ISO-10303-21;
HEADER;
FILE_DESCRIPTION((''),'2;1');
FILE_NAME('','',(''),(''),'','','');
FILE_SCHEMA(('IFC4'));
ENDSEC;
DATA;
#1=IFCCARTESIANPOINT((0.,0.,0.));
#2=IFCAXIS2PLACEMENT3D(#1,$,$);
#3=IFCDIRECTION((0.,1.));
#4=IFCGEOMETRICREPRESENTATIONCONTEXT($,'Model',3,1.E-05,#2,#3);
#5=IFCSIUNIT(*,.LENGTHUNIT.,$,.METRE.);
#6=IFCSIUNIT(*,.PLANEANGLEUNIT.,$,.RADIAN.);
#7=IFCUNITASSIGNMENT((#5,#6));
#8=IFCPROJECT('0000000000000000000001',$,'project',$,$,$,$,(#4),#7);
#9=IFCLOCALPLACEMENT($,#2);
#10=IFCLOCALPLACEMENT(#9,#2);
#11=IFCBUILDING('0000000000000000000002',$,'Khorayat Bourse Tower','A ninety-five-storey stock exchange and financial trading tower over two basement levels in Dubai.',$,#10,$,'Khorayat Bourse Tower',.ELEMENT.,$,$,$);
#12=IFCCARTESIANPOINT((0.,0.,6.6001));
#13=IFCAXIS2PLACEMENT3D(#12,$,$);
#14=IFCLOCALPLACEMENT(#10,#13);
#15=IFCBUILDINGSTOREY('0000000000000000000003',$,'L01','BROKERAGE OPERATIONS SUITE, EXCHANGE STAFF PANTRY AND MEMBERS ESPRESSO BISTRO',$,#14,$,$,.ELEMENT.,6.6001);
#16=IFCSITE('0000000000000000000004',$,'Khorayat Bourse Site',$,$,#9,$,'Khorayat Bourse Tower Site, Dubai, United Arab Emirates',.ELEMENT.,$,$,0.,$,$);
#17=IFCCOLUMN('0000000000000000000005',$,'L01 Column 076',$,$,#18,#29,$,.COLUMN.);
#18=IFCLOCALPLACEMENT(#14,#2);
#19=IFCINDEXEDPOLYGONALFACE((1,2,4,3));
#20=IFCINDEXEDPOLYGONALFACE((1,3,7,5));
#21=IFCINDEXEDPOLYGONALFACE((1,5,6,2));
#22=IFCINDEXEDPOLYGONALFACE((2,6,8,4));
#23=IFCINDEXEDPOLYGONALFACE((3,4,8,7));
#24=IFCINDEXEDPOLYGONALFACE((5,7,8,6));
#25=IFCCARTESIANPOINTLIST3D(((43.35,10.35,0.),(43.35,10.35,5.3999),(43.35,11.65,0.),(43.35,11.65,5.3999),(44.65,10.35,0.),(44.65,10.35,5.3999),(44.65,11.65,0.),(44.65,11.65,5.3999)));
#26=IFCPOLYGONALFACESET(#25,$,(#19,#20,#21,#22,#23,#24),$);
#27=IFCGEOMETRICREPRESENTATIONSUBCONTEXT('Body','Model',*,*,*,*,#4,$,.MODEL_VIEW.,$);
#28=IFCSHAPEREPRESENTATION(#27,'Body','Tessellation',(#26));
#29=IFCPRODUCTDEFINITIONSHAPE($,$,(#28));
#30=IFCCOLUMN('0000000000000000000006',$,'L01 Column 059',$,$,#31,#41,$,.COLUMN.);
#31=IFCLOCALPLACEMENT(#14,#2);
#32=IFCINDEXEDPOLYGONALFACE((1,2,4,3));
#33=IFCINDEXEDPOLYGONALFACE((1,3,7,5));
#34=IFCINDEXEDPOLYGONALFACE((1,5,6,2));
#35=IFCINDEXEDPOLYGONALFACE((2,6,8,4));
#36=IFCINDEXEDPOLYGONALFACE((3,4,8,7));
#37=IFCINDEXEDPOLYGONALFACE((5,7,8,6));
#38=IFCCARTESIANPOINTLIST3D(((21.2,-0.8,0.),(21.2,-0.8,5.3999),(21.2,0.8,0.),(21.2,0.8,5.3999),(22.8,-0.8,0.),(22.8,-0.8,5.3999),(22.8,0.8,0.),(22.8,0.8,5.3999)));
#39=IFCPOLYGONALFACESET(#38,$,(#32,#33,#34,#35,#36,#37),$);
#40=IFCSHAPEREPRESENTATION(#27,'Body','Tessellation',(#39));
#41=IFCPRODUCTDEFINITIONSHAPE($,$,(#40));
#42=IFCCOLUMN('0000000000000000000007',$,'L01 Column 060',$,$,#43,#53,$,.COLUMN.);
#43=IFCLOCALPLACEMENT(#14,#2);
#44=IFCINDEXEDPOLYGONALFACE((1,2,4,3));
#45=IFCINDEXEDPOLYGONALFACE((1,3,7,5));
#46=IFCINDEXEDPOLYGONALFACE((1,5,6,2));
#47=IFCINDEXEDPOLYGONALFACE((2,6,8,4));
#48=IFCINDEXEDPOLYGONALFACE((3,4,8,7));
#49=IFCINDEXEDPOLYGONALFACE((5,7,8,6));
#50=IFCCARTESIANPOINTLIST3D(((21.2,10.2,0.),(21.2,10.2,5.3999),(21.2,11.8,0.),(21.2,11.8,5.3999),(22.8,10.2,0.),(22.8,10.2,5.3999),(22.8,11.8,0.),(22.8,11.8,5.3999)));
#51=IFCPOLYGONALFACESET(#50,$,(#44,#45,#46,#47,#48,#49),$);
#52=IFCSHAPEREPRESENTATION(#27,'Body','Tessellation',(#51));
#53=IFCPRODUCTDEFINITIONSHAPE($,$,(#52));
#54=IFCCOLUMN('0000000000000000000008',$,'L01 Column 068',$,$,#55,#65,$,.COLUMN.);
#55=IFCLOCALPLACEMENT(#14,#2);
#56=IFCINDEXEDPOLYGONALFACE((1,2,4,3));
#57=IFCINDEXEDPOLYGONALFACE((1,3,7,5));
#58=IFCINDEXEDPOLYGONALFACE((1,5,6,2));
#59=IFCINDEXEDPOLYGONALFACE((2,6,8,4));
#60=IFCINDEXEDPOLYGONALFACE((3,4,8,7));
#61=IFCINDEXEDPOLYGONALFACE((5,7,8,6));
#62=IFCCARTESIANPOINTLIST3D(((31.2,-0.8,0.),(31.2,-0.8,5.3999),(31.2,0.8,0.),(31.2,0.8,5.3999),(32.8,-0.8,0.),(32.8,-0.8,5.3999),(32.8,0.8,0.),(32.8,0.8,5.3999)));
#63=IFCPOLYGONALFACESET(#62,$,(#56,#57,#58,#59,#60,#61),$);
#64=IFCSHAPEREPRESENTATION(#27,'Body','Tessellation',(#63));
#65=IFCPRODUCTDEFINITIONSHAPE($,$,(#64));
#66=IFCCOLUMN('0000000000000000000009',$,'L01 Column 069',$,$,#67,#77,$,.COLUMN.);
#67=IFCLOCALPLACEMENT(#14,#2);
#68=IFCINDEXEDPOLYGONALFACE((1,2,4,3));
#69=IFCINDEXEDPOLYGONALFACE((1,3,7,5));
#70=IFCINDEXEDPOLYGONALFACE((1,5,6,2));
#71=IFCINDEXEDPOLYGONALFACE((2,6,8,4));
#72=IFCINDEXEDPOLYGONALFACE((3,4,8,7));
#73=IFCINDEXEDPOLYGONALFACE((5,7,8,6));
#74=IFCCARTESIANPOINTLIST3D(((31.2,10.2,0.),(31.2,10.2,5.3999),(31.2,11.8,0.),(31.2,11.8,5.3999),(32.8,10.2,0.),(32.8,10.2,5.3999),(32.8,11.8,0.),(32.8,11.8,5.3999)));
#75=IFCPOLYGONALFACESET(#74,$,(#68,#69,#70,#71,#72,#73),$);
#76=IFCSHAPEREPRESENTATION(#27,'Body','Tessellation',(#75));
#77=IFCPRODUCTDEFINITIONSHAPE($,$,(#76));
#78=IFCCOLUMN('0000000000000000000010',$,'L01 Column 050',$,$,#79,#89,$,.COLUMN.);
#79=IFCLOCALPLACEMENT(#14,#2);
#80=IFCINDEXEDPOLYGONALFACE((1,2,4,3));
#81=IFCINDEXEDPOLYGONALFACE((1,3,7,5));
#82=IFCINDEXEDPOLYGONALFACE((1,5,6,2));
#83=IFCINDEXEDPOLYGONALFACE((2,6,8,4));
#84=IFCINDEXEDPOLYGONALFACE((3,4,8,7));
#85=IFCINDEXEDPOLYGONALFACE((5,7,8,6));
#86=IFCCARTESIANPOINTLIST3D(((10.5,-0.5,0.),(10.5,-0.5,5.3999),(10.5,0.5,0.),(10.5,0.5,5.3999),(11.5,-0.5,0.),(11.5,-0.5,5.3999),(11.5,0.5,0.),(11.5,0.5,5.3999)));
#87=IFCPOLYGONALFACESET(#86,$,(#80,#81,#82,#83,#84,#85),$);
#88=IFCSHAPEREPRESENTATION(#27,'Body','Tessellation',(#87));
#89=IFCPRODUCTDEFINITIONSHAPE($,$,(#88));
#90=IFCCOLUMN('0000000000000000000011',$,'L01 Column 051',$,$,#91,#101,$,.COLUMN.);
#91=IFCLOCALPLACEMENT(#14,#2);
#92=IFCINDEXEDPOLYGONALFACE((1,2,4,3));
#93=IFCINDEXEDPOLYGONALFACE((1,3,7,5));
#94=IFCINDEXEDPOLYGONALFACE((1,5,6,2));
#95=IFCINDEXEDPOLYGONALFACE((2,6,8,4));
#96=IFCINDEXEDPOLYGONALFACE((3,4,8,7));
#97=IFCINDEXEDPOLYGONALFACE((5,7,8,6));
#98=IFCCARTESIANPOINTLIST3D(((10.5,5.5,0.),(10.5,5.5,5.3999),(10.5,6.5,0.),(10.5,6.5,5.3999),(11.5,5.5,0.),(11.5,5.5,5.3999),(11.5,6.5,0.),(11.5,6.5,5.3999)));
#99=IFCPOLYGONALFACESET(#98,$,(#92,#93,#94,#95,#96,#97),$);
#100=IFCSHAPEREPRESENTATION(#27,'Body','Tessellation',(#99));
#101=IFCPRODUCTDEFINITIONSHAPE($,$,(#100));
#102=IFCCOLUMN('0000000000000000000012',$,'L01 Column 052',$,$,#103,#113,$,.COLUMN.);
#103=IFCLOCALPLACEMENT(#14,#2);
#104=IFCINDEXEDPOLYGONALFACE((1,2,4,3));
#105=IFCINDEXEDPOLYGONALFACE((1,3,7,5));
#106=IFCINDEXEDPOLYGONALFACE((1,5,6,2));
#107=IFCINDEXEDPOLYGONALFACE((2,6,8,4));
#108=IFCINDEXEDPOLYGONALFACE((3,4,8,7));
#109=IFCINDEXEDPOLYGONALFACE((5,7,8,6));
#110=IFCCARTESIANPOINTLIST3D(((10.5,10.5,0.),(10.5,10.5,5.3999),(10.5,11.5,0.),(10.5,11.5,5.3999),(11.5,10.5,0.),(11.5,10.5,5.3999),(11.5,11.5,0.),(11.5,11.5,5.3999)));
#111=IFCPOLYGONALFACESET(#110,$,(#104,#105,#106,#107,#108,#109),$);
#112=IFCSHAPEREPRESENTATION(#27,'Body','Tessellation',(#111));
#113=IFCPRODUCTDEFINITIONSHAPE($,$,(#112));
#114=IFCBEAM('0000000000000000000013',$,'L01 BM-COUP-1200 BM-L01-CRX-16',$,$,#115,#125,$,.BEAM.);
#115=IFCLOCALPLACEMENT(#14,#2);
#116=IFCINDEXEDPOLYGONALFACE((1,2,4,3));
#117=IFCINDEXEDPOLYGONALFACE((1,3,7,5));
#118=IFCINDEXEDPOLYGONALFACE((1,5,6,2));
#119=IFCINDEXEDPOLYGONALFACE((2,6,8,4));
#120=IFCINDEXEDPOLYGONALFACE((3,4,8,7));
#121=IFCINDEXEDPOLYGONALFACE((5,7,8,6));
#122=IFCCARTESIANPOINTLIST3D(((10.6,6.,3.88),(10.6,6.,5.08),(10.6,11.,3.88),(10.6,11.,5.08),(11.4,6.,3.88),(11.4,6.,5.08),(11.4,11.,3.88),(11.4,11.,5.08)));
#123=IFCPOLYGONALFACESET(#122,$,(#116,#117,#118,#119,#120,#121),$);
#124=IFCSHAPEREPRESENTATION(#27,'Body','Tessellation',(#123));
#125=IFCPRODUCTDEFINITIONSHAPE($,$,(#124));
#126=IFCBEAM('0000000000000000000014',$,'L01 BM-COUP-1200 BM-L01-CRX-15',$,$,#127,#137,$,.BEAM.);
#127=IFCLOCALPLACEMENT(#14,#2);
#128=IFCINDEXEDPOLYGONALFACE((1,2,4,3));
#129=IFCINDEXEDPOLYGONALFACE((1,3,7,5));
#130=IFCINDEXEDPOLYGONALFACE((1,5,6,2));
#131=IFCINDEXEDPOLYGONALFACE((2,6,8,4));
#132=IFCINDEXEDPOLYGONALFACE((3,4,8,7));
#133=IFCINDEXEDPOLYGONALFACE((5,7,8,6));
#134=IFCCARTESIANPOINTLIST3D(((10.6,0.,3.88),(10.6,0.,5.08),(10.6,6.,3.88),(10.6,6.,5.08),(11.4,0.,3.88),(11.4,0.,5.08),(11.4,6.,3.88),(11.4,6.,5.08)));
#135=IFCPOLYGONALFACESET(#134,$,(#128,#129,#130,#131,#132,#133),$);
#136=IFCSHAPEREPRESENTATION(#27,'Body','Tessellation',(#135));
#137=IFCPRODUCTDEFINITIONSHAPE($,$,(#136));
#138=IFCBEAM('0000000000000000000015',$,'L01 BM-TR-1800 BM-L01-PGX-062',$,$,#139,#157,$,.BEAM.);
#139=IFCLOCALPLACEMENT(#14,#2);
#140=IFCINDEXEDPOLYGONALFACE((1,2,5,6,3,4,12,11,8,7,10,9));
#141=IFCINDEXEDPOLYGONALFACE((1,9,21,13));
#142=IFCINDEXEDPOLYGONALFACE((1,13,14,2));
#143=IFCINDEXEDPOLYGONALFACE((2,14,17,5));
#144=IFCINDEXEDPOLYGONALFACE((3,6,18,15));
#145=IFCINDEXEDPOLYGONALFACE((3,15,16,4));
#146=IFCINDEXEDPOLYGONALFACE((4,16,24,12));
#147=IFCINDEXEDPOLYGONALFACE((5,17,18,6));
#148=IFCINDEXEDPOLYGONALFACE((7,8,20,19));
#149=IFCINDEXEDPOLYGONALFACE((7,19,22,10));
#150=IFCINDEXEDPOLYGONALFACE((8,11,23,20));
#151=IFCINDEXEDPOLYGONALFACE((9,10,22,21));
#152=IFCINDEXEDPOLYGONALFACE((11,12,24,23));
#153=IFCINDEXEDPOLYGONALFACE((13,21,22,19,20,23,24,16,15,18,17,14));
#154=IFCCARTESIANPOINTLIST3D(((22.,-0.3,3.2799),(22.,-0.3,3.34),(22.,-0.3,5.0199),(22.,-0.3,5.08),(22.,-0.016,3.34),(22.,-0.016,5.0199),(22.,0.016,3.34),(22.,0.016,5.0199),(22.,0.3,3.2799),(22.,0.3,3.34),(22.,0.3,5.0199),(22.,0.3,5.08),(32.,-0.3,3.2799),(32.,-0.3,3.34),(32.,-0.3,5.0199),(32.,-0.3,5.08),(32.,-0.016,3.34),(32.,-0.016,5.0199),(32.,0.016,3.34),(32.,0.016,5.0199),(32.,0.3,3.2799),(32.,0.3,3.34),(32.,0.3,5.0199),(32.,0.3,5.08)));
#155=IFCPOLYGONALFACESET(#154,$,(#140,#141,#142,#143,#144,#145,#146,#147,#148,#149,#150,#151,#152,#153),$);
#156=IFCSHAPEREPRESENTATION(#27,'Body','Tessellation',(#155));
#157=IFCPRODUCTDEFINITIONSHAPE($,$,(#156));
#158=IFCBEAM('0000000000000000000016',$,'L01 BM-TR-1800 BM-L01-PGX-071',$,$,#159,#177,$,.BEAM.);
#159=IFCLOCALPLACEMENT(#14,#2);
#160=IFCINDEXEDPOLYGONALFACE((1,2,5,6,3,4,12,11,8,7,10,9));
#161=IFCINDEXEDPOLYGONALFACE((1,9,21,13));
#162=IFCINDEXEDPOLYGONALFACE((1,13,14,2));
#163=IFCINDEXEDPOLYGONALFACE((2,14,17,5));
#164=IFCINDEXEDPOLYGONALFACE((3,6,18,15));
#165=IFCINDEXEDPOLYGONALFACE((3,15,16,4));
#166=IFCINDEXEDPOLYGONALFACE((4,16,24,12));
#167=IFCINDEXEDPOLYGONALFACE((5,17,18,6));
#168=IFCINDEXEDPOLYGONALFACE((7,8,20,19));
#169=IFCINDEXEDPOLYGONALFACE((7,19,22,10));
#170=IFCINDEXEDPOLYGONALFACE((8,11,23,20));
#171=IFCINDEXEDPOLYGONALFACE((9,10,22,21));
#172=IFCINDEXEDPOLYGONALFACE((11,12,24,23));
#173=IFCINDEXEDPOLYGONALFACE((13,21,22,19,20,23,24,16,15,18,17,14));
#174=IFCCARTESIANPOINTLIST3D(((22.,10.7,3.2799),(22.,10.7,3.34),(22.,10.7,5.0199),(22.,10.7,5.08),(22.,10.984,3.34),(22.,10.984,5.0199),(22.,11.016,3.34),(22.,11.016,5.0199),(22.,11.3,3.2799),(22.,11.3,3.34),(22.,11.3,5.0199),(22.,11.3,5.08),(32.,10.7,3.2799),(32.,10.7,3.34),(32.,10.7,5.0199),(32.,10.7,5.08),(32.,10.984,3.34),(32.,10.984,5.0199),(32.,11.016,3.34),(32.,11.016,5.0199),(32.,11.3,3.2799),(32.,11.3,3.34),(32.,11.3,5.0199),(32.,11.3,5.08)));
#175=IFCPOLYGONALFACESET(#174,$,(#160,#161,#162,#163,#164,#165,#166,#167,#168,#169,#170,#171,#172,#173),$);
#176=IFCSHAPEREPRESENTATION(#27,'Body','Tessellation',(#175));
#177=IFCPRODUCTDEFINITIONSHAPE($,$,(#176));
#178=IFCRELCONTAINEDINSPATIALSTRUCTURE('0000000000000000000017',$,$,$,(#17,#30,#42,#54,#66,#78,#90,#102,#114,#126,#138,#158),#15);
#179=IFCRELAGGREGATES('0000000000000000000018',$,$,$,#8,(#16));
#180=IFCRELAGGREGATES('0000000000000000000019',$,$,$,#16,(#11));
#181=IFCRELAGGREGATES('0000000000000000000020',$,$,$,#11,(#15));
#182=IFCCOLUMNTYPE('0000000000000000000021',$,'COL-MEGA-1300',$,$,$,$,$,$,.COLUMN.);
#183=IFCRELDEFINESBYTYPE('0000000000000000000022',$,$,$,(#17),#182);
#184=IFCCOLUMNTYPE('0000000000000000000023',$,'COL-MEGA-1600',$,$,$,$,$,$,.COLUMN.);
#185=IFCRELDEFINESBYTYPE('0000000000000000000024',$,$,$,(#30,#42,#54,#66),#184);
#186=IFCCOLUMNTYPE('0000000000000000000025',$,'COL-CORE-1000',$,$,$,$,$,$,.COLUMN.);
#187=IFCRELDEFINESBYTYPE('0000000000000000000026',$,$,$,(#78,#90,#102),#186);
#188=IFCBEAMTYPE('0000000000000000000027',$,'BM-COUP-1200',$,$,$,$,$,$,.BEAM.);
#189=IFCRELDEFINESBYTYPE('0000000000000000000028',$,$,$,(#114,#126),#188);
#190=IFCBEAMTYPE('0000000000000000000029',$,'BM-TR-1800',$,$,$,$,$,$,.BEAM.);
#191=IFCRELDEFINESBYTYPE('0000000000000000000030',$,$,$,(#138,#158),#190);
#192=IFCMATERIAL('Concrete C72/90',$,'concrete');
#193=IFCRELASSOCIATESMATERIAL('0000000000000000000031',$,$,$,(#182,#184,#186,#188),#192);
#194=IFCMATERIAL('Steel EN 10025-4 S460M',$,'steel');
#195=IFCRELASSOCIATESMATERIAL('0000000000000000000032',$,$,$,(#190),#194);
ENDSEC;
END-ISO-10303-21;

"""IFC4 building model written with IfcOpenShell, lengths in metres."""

from ifc_helpers import new_model, si_unit, direction, frame, origin, origin_2d, place, context, subcontext, project, spatial, rectangle, i_section, extrude, source, transform, mapped, material, material_profile, profile_set, type_object, element, save


model = new_model("IFC4")

# Units and contexts
model_context = context("Model", 3, precision=1e-05, world=origin(), true_north=direction((0.0, 1.0)))
body_context = subcontext(model_context, "Body", "Model", "MODEL_VIEW")
ifc_project = project(units=[si_unit("LENGTHUNIT", "METRE"), si_unit("PLANEANGLEUNIT", "RADIAN")], contexts=[model_context])

# Site, building, storey
site_placement = place(None, origin())
site = spatial("IfcSite", under=ifc_project, at=site_placement, Name="Khorayat Bourse Site", LongName="Khorayat Bourse Tower Site, Dubai, United Arab Emirates", CompositionType="ELEMENT", RefElevation=0.0)
building_placement = place(site_placement, origin())
building = spatial("IfcBuilding", under=site, at=building_placement, Name="Khorayat Bourse Tower", Description="A ninety-five-storey stock exchange and financial trading tower over two basement levels in Dubai.", LongName="Khorayat Bourse Tower", CompositionType="ELEMENT")
storey_placement = place(building_placement, frame((0.0, 0.0, 6.6001)))
storey = spatial("IfcBuildingStorey", under=building, at=storey_placement, Name="L01", Description="BROKERAGE OPERATIONS SUITE, EXCHANGE STAFF PANTRY AND MEMBERS ESPRESSO BISTRO", CompositionType="ELEMENT", Elevation=6.6001)

# Columns
ifc_material_1 = material(Name="Concrete C72/90", Category="concrete")
ifc_material_profile_1 = material_profile(ifc_material_1, rectangle(XDim=1.3, YDim=1.3, at=origin_2d()), Name="RC 1300x1300")
ifc_profile_set_1 = profile_set([ifc_material_profile_1], Name="Concrete C72/90")
column_type_1 = type_object("IfcColumnType", Name="COL-MEGA-1300", PredefinedType="COLUMN", material=ifc_profile_set_1)
shared_shape_1 = source(origin(), body_context, "Body", "SweptSolid", [
    extrude(rectangle(XDim=1.3, YDim=1.3, at=origin_2d()), origin(), (0.0, 0.0, 1.0), 5.3999),
])
column_placement = place(storey_placement, frame((44.0, 11.0, 0.0), z_axis=(0.0, 0.0, 1.0), x_axis=(1.0, 0.0, 0.0)))
element("IfcColumn", 1, at=column_placement, inside=storey, type_object=column_type_1, Name="L01 Column 076", PredefinedType="COLUMN", context=body_context, shape_type="MappedRepresentation", body=[
    mapped(shared_shape_1, transform((0.0, 0.0, 0.0), scale=1.0)),
])
ifc_material_profile_2 = material_profile(ifc_material_1, rectangle(XDim=1.6001, YDim=1.6001, at=origin_2d()), Name="RC 1600x1600")
ifc_profile_set_2 = profile_set([ifc_material_profile_2], Name="Concrete C72/90")
column_type_2 = type_object("IfcColumnType", Name="COL-MEGA-1600", PredefinedType="COLUMN", material=ifc_profile_set_2)
shared_shape_2 = source(origin(), body_context, "Body", "SweptSolid", [
    extrude(rectangle(XDim=1.6001, YDim=1.6001, at=origin_2d()), origin(), (0.0, 0.0, 1.0), 5.3999),
])
for number, where, z_axis, x_axis, name in (
    (2, (22.0, 0.0, 0.0), (0.0, 0.0, 1.0), (1.0, 0.0, 0.0), "L01 Column 059"),
    (3, (22.0, 11.0, 0.0), (0.0, 0.0, 1.0), (1.0, 0.0, 0.0), "L01 Column 060"),
    (4, (32.0, 0.0, 0.0), (0.0, 0.0, 1.0), (1.0, 0.0, 0.0), "L01 Column 068"),
    (5, (32.0, 11.0, 0.0), (0.0, 0.0, 1.0), (1.0, 0.0, 0.0), "L01 Column 069"),
):
    element("IfcColumn", number, at=place(storey_placement, frame(where, z_axis=z_axis, x_axis=x_axis)), inside=storey, type_object=column_type_2, Name=name, PredefinedType="COLUMN", context=body_context, shape_type="MappedRepresentation", body=[
        mapped(shared_shape_2, transform((0.0, 0.0, 0.0), scale=1.0)),
    ])
ifc_material_profile_3 = material_profile(ifc_material_1, rectangle(XDim=1.0, YDim=1.0, at=origin_2d()), Name="RC 1000x1000")
ifc_profile_set_3 = profile_set([ifc_material_profile_3], Name="Concrete C72/90")
column_type_3 = type_object("IfcColumnType", Name="COL-CORE-1000", PredefinedType="COLUMN", material=ifc_profile_set_3)
shared_shape_3 = source(origin(), body_context, "Body", "SweptSolid", [
    extrude(rectangle(XDim=1.0, YDim=1.0, at=origin_2d()), origin(), (0.0, 0.0, 1.0), 5.3999),
])
for number, where, z_axis, x_axis, name in (
    (6, (11.0, 0.0, 0.0), (0.0, 0.0, 1.0), (1.0, 0.0, 0.0), "L01 Column 050"),
    (7, (11.0, 6.0, 0.0), (0.0, 0.0, 1.0), (1.0, 0.0, 0.0), "L01 Column 051"),
    (8, (11.0, 11.0, 0.0), (0.0, 0.0, 1.0), (1.0, 0.0, 0.0), "L01 Column 052"),
):
    element("IfcColumn", number, at=place(storey_placement, frame(where, z_axis=z_axis, x_axis=x_axis)), inside=storey, type_object=column_type_3, Name=name, PredefinedType="COLUMN", context=body_context, shape_type="MappedRepresentation", body=[
        mapped(shared_shape_3, transform((0.0, 0.0, 0.0), scale=1.0)),
    ])

# Beams
ifc_material_profile_4 = material_profile(ifc_material_1, rectangle(XDim=0.8, YDim=1.2, at=origin_2d()), Name="RC 800x1200")
ifc_profile_set_4 = profile_set([ifc_material_profile_4], Name="Concrete C72/90")
beam_type_1 = type_object("IfcBeamType", Name="BM-COUP-1200", PredefinedType="BEAM", material=ifc_profile_set_4)
shared_shape_4 = source(origin(), body_context, "Body", "SweptSolid", [
    extrude(rectangle(XDim=0.8, YDim=1.2, at=origin_2d()), origin(), (0.0, 0.0, 1.0), 5.0),
])
beam_1_placement = place(storey_placement, frame((11.0, 6.0, 4.48), z_axis=(0.0, 1.0, 0.0), x_axis=(-1.0, 0.0, 0.0)))
element("IfcBeam", 9, at=beam_1_placement, inside=storey, type_object=beam_type_1, Name="L01 BM-COUP-1200 BM-L01-CRX-16", PredefinedType="BEAM", context=body_context, shape_type="MappedRepresentation", body=[
    mapped(shared_shape_4, transform((0.0, 0.0, 0.0), scale=1.0)),
])
shared_shape_5 = source(origin(), body_context, "Body", "SweptSolid", [
    extrude(rectangle(XDim=0.8, YDim=1.2, at=origin_2d()), origin(), (0.0, 0.0, 1.0), 6.0),
])
beam_2_placement = place(storey_placement, frame((11.0, 0.0, 4.48), z_axis=(0.0, 1.0, 0.0), x_axis=(-1.0, 0.0, 0.0)))
element("IfcBeam", 10, at=beam_2_placement, inside=storey, type_object=beam_type_1, Name="L01 BM-COUP-1200 BM-L01-CRX-15", PredefinedType="BEAM", context=body_context, shape_type="MappedRepresentation", body=[
    mapped(shared_shape_5, transform((0.0, 0.0, 0.0), scale=1.0)),
])
ifc_material_2 = material(Name="Steel EN 10025-4 S460M", Category="steel")
ifc_material_profile_5 = material_profile(ifc_material_2, i_section(OverallWidth=0.6001, OverallDepth=1.8, WebThickness=0.032, FlangeThickness=0.0601, at=origin_2d()), Name="PG 1800x600x32x60")
ifc_profile_set_5 = profile_set([ifc_material_profile_5], Name="Steel EN 10025-4 S460M")
beam_type_2 = type_object("IfcBeamType", Name="BM-TR-1800", PredefinedType="BEAM", material=ifc_profile_set_5)
shared_shape_6 = source(origin(), body_context, "Body", "SweptSolid", [
    extrude(i_section(OverallWidth=0.6001, OverallDepth=1.8, WebThickness=0.032, FlangeThickness=0.0601, at=origin_2d()), origin(), (0.0, 0.0, 1.0), 10.0),
])
for number, where, z_axis, x_axis, name in (
    (11, (22.0, 0.0, 4.1799), (1.0, 0.0, 0.0), (0.0, 1.0, 0.0), "L01 BM-TR-1800 BM-L01-PGX-062"),
    (12, (22.0, 11.0, 4.1799), (1.0, 0.0, 0.0), (0.0, 1.0, 0.0), "L01 BM-TR-1800 BM-L01-PGX-071"),
):
    element("IfcBeam", number, at=place(storey_placement, frame(where, z_axis=z_axis, x_axis=x_axis)), inside=storey, type_object=beam_type_2, Name=name, PredefinedType="BEAM", context=body_context, shape_type="MappedRepresentation", body=[
        mapped(shared_shape_6, transform((0.0, 0.0, 0.0), scale=1.0)),
    ])

save(model, "model.ifc")
